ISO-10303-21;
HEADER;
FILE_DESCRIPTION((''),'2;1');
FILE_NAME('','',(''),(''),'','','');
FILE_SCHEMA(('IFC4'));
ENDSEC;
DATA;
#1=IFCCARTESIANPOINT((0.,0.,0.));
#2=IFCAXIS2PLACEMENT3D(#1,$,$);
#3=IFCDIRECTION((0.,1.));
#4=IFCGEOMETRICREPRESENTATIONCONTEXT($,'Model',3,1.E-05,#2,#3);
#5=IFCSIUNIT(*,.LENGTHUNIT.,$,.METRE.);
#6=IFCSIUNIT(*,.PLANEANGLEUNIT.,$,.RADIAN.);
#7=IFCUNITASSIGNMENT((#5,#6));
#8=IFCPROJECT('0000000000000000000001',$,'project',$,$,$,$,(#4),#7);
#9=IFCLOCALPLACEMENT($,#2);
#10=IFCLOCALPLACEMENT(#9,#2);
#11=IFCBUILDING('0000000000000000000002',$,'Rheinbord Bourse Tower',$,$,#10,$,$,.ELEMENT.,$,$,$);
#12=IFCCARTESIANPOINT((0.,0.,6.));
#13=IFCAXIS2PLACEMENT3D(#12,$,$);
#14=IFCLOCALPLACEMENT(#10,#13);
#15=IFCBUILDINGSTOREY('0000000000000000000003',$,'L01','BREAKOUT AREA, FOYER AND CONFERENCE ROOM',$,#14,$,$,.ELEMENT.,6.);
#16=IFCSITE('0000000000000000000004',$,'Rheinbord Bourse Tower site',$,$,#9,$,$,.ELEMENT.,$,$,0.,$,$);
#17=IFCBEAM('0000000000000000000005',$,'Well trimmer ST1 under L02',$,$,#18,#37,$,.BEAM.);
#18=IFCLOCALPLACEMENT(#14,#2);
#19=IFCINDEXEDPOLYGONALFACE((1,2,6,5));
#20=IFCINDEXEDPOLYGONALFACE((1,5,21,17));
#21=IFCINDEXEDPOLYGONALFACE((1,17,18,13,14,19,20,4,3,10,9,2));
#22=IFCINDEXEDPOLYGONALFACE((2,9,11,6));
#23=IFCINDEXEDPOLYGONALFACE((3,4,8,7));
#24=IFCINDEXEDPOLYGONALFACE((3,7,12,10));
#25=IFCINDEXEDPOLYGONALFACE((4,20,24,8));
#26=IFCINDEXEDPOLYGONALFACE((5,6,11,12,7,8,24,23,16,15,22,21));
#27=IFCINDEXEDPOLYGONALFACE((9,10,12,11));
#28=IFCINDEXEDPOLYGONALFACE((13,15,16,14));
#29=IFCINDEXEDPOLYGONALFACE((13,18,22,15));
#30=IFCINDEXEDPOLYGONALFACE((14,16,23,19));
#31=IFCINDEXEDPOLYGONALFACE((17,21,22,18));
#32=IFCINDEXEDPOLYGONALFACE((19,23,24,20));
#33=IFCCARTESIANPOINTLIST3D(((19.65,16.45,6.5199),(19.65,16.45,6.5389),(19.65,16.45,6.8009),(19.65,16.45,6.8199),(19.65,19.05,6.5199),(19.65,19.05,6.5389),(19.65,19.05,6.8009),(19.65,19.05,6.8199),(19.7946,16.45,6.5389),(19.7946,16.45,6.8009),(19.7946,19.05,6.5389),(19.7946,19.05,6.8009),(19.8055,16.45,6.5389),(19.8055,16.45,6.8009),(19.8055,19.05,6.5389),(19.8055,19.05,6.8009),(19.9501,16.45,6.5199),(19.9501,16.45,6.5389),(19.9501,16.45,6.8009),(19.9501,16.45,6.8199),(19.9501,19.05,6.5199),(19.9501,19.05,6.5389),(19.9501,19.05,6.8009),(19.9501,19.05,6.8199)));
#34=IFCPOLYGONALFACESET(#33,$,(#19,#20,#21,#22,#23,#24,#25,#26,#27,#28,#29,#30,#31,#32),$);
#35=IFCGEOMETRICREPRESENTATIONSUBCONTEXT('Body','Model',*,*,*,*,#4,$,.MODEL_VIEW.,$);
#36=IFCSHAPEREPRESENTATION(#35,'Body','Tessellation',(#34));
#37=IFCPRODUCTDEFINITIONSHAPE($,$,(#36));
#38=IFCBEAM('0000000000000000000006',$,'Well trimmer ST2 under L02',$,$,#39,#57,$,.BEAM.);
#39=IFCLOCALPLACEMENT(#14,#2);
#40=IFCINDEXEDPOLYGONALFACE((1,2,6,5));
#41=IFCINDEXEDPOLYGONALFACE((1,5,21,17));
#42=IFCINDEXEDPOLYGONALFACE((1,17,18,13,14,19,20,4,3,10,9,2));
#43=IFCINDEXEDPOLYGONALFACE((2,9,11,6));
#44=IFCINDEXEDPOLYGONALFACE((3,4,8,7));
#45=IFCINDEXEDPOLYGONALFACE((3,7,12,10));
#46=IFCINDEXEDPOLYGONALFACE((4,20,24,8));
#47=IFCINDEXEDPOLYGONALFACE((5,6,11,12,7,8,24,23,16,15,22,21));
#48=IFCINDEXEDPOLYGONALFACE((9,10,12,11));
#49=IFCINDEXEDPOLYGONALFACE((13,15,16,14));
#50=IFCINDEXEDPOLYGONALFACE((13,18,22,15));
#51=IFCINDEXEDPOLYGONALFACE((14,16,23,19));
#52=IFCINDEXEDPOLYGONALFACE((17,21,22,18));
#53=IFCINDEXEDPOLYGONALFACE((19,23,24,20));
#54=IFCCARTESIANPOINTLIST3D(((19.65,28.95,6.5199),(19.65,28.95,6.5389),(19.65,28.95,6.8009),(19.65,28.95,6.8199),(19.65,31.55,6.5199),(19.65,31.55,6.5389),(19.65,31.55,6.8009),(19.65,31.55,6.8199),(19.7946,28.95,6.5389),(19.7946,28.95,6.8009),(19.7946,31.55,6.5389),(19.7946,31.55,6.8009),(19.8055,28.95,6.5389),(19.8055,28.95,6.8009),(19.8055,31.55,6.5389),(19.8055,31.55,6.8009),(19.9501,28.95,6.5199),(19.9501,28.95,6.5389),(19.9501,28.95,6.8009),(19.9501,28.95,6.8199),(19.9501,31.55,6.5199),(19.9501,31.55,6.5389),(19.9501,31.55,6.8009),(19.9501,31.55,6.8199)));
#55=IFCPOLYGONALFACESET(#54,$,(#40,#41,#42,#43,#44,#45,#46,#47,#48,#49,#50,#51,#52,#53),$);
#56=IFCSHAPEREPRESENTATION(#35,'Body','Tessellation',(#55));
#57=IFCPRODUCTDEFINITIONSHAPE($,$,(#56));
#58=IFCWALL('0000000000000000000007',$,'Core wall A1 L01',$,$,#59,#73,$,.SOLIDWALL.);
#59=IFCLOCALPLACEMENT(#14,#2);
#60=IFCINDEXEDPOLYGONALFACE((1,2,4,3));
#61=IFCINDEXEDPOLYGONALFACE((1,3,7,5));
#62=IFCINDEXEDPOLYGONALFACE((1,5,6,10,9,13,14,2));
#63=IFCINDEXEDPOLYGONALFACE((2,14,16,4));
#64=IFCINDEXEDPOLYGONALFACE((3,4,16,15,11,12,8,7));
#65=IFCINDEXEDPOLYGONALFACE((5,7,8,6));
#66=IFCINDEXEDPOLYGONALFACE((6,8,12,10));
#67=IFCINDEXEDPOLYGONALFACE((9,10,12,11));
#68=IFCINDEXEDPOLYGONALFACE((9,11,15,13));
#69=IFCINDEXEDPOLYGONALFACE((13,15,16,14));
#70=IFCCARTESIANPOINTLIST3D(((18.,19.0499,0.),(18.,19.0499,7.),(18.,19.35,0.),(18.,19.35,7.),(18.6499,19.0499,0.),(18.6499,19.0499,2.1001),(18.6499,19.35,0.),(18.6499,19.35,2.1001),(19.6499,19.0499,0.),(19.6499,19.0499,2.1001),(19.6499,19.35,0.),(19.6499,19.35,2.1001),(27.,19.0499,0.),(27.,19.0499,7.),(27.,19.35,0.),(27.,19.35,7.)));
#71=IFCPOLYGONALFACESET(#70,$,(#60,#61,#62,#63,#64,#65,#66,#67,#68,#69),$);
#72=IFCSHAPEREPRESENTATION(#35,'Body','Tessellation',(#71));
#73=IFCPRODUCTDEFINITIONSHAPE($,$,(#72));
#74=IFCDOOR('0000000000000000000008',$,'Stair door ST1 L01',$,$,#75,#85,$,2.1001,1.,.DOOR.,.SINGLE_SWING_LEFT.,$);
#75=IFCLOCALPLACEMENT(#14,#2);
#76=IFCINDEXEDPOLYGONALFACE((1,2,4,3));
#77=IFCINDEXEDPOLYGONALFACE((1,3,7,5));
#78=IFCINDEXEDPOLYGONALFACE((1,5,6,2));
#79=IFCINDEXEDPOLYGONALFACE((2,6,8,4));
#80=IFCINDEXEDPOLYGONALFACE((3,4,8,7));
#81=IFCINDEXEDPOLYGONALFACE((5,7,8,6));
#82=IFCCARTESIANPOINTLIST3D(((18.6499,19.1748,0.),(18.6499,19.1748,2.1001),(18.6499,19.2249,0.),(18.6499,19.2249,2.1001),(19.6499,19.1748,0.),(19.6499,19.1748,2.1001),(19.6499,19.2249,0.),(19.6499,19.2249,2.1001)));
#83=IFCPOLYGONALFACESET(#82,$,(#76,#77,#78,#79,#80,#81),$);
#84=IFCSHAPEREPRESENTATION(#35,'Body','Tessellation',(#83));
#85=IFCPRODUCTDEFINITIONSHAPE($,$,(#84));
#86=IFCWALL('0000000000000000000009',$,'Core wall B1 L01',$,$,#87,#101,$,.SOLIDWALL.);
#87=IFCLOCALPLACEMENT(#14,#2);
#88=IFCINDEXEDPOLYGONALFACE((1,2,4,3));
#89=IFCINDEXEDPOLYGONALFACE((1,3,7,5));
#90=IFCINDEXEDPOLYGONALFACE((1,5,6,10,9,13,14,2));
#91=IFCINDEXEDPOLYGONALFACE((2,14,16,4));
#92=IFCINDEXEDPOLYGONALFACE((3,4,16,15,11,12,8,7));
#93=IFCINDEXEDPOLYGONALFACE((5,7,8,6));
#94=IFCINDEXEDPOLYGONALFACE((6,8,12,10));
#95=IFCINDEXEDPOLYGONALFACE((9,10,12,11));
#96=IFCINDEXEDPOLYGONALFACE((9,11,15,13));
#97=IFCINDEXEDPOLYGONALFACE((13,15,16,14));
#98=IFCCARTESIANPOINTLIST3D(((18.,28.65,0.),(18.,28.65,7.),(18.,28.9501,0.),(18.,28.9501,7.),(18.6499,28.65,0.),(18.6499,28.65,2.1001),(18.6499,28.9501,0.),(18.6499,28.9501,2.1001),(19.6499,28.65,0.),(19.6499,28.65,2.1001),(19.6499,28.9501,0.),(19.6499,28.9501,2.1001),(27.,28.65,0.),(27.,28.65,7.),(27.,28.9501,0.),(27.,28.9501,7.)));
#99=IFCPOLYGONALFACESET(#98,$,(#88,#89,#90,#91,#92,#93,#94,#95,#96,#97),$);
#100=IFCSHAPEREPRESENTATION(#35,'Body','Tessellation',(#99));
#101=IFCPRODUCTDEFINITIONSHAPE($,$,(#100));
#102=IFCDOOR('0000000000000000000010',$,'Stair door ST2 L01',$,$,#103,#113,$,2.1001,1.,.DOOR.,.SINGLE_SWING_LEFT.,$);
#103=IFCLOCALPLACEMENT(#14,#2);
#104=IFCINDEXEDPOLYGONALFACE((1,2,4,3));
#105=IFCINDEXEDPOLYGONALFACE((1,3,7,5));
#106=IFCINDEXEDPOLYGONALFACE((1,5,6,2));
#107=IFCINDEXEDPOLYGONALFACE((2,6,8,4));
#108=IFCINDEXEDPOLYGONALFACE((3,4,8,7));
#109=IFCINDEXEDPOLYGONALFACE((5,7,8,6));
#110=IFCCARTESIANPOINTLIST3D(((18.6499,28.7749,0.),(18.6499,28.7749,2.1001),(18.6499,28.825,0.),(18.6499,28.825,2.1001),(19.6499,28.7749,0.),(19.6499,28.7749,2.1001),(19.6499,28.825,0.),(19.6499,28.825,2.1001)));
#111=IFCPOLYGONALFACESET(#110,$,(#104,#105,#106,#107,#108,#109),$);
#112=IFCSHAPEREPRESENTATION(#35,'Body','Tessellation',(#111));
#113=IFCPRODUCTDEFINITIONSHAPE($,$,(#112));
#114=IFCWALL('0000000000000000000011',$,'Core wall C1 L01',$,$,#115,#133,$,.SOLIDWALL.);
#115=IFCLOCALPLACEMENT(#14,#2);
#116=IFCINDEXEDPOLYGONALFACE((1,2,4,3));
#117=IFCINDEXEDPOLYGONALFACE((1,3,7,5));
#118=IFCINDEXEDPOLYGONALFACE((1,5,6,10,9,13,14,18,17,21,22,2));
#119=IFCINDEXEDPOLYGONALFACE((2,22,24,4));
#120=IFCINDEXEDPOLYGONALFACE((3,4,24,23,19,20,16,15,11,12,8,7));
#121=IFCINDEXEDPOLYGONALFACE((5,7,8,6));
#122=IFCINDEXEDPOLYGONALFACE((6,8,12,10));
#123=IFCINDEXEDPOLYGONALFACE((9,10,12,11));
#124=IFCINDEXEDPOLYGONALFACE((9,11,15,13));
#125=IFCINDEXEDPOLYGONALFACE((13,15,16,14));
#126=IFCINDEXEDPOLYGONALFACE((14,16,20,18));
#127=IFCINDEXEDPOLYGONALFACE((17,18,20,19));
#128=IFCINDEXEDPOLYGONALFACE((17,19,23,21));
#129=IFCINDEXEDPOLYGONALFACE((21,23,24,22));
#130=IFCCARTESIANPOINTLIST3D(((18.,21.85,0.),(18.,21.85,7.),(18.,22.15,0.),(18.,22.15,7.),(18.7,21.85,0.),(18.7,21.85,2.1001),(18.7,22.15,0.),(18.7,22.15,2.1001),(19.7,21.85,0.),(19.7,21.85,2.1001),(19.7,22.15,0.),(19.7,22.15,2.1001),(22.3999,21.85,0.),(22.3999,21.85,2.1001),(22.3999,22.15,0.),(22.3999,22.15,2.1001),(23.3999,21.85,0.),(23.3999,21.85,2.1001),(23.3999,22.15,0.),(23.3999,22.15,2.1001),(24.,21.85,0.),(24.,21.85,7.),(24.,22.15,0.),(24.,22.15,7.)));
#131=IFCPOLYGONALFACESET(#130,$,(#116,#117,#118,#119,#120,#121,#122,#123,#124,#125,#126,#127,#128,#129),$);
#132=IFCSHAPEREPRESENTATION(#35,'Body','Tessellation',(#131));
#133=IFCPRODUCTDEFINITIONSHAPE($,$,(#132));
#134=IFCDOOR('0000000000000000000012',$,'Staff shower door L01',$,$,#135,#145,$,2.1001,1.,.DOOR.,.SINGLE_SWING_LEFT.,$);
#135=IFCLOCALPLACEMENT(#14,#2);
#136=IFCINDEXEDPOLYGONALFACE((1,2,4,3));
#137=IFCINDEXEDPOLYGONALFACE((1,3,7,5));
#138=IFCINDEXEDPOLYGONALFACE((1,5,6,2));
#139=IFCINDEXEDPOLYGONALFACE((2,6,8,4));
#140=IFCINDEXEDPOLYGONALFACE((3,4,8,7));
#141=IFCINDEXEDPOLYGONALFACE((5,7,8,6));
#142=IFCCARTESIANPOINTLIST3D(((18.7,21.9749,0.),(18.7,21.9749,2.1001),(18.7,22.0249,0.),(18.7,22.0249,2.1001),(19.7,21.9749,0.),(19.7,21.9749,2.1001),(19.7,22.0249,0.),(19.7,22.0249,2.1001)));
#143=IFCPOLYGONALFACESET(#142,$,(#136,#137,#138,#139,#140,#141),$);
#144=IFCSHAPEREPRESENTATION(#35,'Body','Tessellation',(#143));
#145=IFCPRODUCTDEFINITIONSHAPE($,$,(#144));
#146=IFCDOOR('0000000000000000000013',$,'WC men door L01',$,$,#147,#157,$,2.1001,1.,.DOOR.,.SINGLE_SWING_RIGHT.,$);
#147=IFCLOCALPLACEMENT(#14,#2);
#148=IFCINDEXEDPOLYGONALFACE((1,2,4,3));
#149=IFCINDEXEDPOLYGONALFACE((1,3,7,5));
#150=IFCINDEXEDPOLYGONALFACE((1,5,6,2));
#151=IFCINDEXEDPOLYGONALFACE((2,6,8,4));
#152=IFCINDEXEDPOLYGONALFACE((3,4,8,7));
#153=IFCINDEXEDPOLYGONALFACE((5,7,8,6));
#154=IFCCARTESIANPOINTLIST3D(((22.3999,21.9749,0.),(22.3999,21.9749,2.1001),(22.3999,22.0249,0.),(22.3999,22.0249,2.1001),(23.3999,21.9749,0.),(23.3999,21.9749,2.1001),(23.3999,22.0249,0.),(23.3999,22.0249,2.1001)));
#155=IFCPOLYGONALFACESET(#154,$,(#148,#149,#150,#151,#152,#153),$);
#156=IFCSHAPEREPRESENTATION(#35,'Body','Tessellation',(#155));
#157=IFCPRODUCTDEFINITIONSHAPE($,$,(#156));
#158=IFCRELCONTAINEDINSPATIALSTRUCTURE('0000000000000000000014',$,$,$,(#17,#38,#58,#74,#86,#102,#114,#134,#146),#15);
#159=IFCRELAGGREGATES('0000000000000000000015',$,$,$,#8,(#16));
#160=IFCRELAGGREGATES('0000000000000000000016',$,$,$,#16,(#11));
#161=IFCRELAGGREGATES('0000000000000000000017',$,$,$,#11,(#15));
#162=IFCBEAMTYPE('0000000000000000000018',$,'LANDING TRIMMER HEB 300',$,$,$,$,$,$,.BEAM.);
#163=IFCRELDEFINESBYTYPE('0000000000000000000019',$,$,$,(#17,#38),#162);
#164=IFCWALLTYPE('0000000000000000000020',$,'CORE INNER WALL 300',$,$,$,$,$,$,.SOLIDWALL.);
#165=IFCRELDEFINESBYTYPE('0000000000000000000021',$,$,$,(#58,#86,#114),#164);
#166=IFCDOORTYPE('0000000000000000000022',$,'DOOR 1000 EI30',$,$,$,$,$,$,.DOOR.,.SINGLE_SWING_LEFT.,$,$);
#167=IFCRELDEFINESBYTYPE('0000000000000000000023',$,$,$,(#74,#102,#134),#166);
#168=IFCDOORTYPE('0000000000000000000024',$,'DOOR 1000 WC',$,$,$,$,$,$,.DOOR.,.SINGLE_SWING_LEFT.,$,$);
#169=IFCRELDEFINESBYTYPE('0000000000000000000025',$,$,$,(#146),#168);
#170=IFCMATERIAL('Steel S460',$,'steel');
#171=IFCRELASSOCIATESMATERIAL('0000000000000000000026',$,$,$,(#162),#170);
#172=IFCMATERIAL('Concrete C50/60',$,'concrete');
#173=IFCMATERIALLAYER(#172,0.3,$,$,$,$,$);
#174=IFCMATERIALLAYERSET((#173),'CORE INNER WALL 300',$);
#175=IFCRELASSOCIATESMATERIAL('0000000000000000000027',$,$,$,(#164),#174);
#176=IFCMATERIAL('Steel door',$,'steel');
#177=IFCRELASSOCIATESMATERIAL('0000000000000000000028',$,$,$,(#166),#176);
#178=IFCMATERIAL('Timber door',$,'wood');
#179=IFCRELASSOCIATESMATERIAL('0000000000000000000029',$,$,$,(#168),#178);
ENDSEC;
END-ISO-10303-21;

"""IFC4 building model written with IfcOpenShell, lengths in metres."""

from ifc_helpers import new_model, si_unit, direction, frame, frame_2d, origin, origin_2d, place, context, subcontext, project, spatial, rectangle, i_section, extrude, material, layer, layer_set, material_profile, profile_set, type_object, element, fill, save


model = new_model("IFC4")

# Units and contexts
model_context = context("Model", 3, precision=1e-05, world=origin(), true_north=direction((0.0, 1.0)))
body_context = subcontext(model_context, "Body", "Model", "MODEL_VIEW")
ifc_project = project(units=[si_unit("LENGTHUNIT", "METRE"), si_unit("PLANEANGLEUNIT", "RADIAN")], contexts=[model_context])

# Site, building, storey
site_placement = place(None, origin())
site = spatial("IfcSite", under=ifc_project, at=site_placement, Name="Rheinbord Bourse Tower site", CompositionType="ELEMENT", RefElevation=0.0)
building_placement = place(site_placement, origin())
building = spatial("IfcBuilding", under=site, at=building_placement, Name="Rheinbord Bourse Tower", CompositionType="ELEMENT")
storey_placement = place(building_placement, frame((0.0, 0.0, 6.0)))
storey = spatial("IfcBuildingStorey", under=building, at=storey_placement, Name="L01", Description="BREAKOUT AREA, FOYER AND CONFERENCE ROOM", CompositionType="ELEMENT", Elevation=6.0)

# Beams
ifc_material_1 = material(Name="Steel S460", Category="steel")
ifc_material_profile = material_profile(ifc_material_1, i_section(OverallWidth=0.3, OverallDepth=0.3, WebThickness=0.011, FlangeThickness=0.019, at=origin_2d()), Name="HEB 300")
ifc_profile_set = profile_set([ifc_material_profile], Name="Steel S460")
beam_type = type_object("IfcBeamType", Name="LANDING TRIMMER HEB 300", PredefinedType="BEAM", material=ifc_profile_set)
for number, where, z_axis, x_axis, name in (
    (1, (19.8, 16.45, 6.6699), (0.0, 1.0, 0.0), (-1.0, 0.0, 0.0), "Well trimmer ST1 under L02"),
    (2, (19.8, 28.95, 6.6699), (0.0, 1.0, 0.0), (-1.0, 0.0, 0.0), "Well trimmer ST2 under L02"),
):
    element("IfcBeam", number, at=place(storey_placement, frame(where, z_axis=z_axis, x_axis=x_axis)), inside=storey, type_object=beam_type, Name=name, PredefinedType="BEAM", context=body_context, shape_type="SweptSolid", body=[
        extrude(i_section(OverallWidth=0.3, OverallDepth=0.3, WebThickness=0.011, FlangeThickness=0.019, at=origin_2d()), origin(), (0.0, 0.0, 1.0), 2.6001),
    ])

# Walls, openings, doors
ifc_material_2 = material(Name="Concrete C50/60", Category="concrete")
ifc_layer_1 = layer(ifc_material_2, 0.3)
ifc_layer_set_1 = layer_set([ifc_layer_1], Name="CORE INNER WALL 300")
wall_type_1 = type_object("IfcWallType", Name="CORE INNER WALL 300", PredefinedType="SOLIDWALL", material=ifc_layer_set_1)
wall_1_placement = place(storey_placement, frame((18.0, 19.2, 0.0), z_axis=(0.0, 0.0, 1.0), x_axis=(1.0, 0.0, 0.0)))
wall_1 = element("IfcWall", 3, at=wall_1_placement, inside=storey, type_object=wall_type_1, Name="Core wall A1 L01", PredefinedType="SOLIDWALL", context=body_context, shape_type="SweptSolid", body=[
    extrude(rectangle(XDim=9.0, YDim=0.3, at=frame_2d((4.5, 0.0))), origin(), (0.0, 0.0, 1.0), 7.0),
])
opening_1_placement = place(wall_1_placement, frame((0.6499, 0.0, 0.0)))
opening_1 = element("IfcOpeningElement", 4, at=opening_1_placement, cuts=wall_1, PredefinedType="OPENING", context=body_context, shape_type="SweptSolid", body=[
    extrude(rectangle(XDim=1.0, YDim=2.1001, at=frame_2d((0.5, 1.05))), frame((0.0, 0.1599, 0.0), z_axis=(0.0, -1.0, 0.0), x_axis=(1.0, 0.0, 0.0)), (0.0, 0.0, 1.0), 0.3201),
])
ifc_material_3 = material(Name="Steel door", Category="steel")
door_type_1 = type_object("IfcDoorType", Name="DOOR 1000 EI30", OperationType="SINGLE_SWING_LEFT", PredefinedType="DOOR", material=ifc_material_3)
door_1_placement = place(opening_1_placement, origin())
door_1 = element("IfcDoor", 5, at=door_1_placement, inside=storey, type_object=door_type_1, Name="Stair door ST1 L01", OperationType="SINGLE_SWING_LEFT", OverallHeight=2.1001, OverallWidth=1.0, PredefinedType="DOOR", context=body_context, shape_type="SweptSolid", body=[
    extrude(rectangle(XDim=1.0, YDim=2.1001, at=frame_2d((0.5, 1.05))), frame((0.0, 0.0249, 0.0), z_axis=(0.0, -1.0, 0.0), x_axis=(1.0, 0.0, 0.0)), (0.0, 0.0, 1.0), 0.05),
])
fill(opening_1, door_1)
wall_2_placement = place(storey_placement, frame((18.0, 28.8, 0.0), z_axis=(0.0, 0.0, 1.0), x_axis=(1.0, 0.0, 0.0)))
wall_2 = element("IfcWall", 6, at=wall_2_placement, inside=storey, type_object=wall_type_1, Name="Core wall B1 L01", PredefinedType="SOLIDWALL", context=body_context, shape_type="SweptSolid", body=[
    extrude(rectangle(XDim=9.0, YDim=0.3, at=frame_2d((4.5, 0.0))), origin(), (0.0, 0.0, 1.0), 7.0),
])
opening_2_placement = place(wall_2_placement, frame((0.6499, 0.0, 0.0)))
opening_2 = element("IfcOpeningElement", 7, at=opening_2_placement, cuts=wall_2, PredefinedType="OPENING", context=body_context, shape_type="SweptSolid", body=[
    extrude(rectangle(XDim=1.0, YDim=2.1001, at=frame_2d((0.5, 1.05))), frame((0.0, 0.1599, 0.0), z_axis=(0.0, -1.0, 0.0), x_axis=(1.0, 0.0, 0.0)), (0.0, 0.0, 1.0), 0.3201),
])
door_2_placement = place(opening_2_placement, origin())
door_2 = element("IfcDoor", 8, at=door_2_placement, inside=storey, type_object=door_type_1, Name="Stair door ST2 L01", OperationType="SINGLE_SWING_LEFT", OverallHeight=2.1001, OverallWidth=1.0, PredefinedType="DOOR", context=body_context, shape_type="SweptSolid", body=[
    extrude(rectangle(XDim=1.0, YDim=2.1001, at=frame_2d((0.5, 1.05))), frame((0.0, 0.0249, 0.0), z_axis=(0.0, -1.0, 0.0), x_axis=(1.0, 0.0, 0.0)), (0.0, 0.0, 1.0), 0.05),
])
fill(opening_2, door_2)

# Wall, openings, doors
wall_3_placement = place(storey_placement, frame((18.0, 22.0, 0.0), z_axis=(0.0, 0.0, 1.0), x_axis=(1.0, 0.0, 0.0)))
wall_3 = element("IfcWall", 9, at=wall_3_placement, inside=storey, type_object=wall_type_1, Name="Core wall C1 L01", PredefinedType="SOLIDWALL", context=body_context, shape_type="SweptSolid", body=[
    extrude(rectangle(XDim=6.0, YDim=0.3, at=frame_2d((3.0, 0.0))), origin(), (0.0, 0.0, 1.0), 7.0),
])
opening_3_placement = place(wall_3_placement, frame((4.3999, 0.0, 0.0)))
opening_3 = element("IfcOpeningElement", 10, at=opening_3_placement, cuts=wall_3, PredefinedType="OPENING", context=body_context, shape_type="SweptSolid", body=[
    extrude(rectangle(XDim=1.0, YDim=2.1001, at=frame_2d((0.5, 1.05))), frame((0.0, 0.1599, 0.0), z_axis=(0.0, -1.0, 0.0), x_axis=(1.0, 0.0, 0.0)), (0.0, 0.0, 1.0), 0.3201),
])
opening_4_placement = place(wall_3_placement, frame((0.7, 0.0, 0.0)))
opening_4 = element("IfcOpeningElement", 11, at=opening_4_placement, cuts=wall_3, PredefinedType="OPENING", context=body_context, shape_type="SweptSolid", body=[
    extrude(rectangle(XDim=1.0, YDim=2.1001, at=frame_2d((0.5, 1.05))), frame((0.0, 0.1599, 0.0), z_axis=(0.0, -1.0, 0.0), x_axis=(1.0, 0.0, 0.0)), (0.0, 0.0, 1.0), 0.3201),
])
door_3_placement = place(opening_4_placement, origin())
door_3 = element("IfcDoor", 12, at=door_3_placement, inside=storey, type_object=door_type_1, Name="Staff shower door L01", OperationType="SINGLE_SWING_LEFT", OverallHeight=2.1001, OverallWidth=1.0, PredefinedType="DOOR", context=body_context, shape_type="SweptSolid", body=[
    extrude(rectangle(XDim=1.0, YDim=2.1001, at=frame_2d((0.5, 1.05))), frame((0.0, 0.0249, 0.0), z_axis=(0.0, -1.0, 0.0), x_axis=(1.0, 0.0, 0.0)), (0.0, 0.0, 1.0), 0.05),
])
fill(opening_4, door_3)
ifc_material_4 = material(Name="Timber door", Category="wood")
door_type_2 = type_object("IfcDoorType", Name="DOOR 1000 WC", OperationType="SINGLE_SWING_LEFT", PredefinedType="DOOR", material=ifc_material_4)
door_4_placement = place(opening_3_placement, origin())
door_4 = element("IfcDoor", 13, at=door_4_placement, inside=storey, type_object=door_type_2, Name="WC men door L01", OperationType="SINGLE_SWING_RIGHT", OverallHeight=2.1001, OverallWidth=1.0, PredefinedType="DOOR", context=body_context, shape_type="SweptSolid", body=[
    extrude(rectangle(XDim=1.0, YDim=2.1001, at=frame_2d((0.5, 1.05))), frame((0.0, 0.0249, 0.0), z_axis=(0.0, -1.0, 0.0), x_axis=(1.0, 0.0, 0.0)), (0.0, 0.0, 1.0), 0.05),
])
fill(opening_3, door_4)

save(model, "model.ifc")
